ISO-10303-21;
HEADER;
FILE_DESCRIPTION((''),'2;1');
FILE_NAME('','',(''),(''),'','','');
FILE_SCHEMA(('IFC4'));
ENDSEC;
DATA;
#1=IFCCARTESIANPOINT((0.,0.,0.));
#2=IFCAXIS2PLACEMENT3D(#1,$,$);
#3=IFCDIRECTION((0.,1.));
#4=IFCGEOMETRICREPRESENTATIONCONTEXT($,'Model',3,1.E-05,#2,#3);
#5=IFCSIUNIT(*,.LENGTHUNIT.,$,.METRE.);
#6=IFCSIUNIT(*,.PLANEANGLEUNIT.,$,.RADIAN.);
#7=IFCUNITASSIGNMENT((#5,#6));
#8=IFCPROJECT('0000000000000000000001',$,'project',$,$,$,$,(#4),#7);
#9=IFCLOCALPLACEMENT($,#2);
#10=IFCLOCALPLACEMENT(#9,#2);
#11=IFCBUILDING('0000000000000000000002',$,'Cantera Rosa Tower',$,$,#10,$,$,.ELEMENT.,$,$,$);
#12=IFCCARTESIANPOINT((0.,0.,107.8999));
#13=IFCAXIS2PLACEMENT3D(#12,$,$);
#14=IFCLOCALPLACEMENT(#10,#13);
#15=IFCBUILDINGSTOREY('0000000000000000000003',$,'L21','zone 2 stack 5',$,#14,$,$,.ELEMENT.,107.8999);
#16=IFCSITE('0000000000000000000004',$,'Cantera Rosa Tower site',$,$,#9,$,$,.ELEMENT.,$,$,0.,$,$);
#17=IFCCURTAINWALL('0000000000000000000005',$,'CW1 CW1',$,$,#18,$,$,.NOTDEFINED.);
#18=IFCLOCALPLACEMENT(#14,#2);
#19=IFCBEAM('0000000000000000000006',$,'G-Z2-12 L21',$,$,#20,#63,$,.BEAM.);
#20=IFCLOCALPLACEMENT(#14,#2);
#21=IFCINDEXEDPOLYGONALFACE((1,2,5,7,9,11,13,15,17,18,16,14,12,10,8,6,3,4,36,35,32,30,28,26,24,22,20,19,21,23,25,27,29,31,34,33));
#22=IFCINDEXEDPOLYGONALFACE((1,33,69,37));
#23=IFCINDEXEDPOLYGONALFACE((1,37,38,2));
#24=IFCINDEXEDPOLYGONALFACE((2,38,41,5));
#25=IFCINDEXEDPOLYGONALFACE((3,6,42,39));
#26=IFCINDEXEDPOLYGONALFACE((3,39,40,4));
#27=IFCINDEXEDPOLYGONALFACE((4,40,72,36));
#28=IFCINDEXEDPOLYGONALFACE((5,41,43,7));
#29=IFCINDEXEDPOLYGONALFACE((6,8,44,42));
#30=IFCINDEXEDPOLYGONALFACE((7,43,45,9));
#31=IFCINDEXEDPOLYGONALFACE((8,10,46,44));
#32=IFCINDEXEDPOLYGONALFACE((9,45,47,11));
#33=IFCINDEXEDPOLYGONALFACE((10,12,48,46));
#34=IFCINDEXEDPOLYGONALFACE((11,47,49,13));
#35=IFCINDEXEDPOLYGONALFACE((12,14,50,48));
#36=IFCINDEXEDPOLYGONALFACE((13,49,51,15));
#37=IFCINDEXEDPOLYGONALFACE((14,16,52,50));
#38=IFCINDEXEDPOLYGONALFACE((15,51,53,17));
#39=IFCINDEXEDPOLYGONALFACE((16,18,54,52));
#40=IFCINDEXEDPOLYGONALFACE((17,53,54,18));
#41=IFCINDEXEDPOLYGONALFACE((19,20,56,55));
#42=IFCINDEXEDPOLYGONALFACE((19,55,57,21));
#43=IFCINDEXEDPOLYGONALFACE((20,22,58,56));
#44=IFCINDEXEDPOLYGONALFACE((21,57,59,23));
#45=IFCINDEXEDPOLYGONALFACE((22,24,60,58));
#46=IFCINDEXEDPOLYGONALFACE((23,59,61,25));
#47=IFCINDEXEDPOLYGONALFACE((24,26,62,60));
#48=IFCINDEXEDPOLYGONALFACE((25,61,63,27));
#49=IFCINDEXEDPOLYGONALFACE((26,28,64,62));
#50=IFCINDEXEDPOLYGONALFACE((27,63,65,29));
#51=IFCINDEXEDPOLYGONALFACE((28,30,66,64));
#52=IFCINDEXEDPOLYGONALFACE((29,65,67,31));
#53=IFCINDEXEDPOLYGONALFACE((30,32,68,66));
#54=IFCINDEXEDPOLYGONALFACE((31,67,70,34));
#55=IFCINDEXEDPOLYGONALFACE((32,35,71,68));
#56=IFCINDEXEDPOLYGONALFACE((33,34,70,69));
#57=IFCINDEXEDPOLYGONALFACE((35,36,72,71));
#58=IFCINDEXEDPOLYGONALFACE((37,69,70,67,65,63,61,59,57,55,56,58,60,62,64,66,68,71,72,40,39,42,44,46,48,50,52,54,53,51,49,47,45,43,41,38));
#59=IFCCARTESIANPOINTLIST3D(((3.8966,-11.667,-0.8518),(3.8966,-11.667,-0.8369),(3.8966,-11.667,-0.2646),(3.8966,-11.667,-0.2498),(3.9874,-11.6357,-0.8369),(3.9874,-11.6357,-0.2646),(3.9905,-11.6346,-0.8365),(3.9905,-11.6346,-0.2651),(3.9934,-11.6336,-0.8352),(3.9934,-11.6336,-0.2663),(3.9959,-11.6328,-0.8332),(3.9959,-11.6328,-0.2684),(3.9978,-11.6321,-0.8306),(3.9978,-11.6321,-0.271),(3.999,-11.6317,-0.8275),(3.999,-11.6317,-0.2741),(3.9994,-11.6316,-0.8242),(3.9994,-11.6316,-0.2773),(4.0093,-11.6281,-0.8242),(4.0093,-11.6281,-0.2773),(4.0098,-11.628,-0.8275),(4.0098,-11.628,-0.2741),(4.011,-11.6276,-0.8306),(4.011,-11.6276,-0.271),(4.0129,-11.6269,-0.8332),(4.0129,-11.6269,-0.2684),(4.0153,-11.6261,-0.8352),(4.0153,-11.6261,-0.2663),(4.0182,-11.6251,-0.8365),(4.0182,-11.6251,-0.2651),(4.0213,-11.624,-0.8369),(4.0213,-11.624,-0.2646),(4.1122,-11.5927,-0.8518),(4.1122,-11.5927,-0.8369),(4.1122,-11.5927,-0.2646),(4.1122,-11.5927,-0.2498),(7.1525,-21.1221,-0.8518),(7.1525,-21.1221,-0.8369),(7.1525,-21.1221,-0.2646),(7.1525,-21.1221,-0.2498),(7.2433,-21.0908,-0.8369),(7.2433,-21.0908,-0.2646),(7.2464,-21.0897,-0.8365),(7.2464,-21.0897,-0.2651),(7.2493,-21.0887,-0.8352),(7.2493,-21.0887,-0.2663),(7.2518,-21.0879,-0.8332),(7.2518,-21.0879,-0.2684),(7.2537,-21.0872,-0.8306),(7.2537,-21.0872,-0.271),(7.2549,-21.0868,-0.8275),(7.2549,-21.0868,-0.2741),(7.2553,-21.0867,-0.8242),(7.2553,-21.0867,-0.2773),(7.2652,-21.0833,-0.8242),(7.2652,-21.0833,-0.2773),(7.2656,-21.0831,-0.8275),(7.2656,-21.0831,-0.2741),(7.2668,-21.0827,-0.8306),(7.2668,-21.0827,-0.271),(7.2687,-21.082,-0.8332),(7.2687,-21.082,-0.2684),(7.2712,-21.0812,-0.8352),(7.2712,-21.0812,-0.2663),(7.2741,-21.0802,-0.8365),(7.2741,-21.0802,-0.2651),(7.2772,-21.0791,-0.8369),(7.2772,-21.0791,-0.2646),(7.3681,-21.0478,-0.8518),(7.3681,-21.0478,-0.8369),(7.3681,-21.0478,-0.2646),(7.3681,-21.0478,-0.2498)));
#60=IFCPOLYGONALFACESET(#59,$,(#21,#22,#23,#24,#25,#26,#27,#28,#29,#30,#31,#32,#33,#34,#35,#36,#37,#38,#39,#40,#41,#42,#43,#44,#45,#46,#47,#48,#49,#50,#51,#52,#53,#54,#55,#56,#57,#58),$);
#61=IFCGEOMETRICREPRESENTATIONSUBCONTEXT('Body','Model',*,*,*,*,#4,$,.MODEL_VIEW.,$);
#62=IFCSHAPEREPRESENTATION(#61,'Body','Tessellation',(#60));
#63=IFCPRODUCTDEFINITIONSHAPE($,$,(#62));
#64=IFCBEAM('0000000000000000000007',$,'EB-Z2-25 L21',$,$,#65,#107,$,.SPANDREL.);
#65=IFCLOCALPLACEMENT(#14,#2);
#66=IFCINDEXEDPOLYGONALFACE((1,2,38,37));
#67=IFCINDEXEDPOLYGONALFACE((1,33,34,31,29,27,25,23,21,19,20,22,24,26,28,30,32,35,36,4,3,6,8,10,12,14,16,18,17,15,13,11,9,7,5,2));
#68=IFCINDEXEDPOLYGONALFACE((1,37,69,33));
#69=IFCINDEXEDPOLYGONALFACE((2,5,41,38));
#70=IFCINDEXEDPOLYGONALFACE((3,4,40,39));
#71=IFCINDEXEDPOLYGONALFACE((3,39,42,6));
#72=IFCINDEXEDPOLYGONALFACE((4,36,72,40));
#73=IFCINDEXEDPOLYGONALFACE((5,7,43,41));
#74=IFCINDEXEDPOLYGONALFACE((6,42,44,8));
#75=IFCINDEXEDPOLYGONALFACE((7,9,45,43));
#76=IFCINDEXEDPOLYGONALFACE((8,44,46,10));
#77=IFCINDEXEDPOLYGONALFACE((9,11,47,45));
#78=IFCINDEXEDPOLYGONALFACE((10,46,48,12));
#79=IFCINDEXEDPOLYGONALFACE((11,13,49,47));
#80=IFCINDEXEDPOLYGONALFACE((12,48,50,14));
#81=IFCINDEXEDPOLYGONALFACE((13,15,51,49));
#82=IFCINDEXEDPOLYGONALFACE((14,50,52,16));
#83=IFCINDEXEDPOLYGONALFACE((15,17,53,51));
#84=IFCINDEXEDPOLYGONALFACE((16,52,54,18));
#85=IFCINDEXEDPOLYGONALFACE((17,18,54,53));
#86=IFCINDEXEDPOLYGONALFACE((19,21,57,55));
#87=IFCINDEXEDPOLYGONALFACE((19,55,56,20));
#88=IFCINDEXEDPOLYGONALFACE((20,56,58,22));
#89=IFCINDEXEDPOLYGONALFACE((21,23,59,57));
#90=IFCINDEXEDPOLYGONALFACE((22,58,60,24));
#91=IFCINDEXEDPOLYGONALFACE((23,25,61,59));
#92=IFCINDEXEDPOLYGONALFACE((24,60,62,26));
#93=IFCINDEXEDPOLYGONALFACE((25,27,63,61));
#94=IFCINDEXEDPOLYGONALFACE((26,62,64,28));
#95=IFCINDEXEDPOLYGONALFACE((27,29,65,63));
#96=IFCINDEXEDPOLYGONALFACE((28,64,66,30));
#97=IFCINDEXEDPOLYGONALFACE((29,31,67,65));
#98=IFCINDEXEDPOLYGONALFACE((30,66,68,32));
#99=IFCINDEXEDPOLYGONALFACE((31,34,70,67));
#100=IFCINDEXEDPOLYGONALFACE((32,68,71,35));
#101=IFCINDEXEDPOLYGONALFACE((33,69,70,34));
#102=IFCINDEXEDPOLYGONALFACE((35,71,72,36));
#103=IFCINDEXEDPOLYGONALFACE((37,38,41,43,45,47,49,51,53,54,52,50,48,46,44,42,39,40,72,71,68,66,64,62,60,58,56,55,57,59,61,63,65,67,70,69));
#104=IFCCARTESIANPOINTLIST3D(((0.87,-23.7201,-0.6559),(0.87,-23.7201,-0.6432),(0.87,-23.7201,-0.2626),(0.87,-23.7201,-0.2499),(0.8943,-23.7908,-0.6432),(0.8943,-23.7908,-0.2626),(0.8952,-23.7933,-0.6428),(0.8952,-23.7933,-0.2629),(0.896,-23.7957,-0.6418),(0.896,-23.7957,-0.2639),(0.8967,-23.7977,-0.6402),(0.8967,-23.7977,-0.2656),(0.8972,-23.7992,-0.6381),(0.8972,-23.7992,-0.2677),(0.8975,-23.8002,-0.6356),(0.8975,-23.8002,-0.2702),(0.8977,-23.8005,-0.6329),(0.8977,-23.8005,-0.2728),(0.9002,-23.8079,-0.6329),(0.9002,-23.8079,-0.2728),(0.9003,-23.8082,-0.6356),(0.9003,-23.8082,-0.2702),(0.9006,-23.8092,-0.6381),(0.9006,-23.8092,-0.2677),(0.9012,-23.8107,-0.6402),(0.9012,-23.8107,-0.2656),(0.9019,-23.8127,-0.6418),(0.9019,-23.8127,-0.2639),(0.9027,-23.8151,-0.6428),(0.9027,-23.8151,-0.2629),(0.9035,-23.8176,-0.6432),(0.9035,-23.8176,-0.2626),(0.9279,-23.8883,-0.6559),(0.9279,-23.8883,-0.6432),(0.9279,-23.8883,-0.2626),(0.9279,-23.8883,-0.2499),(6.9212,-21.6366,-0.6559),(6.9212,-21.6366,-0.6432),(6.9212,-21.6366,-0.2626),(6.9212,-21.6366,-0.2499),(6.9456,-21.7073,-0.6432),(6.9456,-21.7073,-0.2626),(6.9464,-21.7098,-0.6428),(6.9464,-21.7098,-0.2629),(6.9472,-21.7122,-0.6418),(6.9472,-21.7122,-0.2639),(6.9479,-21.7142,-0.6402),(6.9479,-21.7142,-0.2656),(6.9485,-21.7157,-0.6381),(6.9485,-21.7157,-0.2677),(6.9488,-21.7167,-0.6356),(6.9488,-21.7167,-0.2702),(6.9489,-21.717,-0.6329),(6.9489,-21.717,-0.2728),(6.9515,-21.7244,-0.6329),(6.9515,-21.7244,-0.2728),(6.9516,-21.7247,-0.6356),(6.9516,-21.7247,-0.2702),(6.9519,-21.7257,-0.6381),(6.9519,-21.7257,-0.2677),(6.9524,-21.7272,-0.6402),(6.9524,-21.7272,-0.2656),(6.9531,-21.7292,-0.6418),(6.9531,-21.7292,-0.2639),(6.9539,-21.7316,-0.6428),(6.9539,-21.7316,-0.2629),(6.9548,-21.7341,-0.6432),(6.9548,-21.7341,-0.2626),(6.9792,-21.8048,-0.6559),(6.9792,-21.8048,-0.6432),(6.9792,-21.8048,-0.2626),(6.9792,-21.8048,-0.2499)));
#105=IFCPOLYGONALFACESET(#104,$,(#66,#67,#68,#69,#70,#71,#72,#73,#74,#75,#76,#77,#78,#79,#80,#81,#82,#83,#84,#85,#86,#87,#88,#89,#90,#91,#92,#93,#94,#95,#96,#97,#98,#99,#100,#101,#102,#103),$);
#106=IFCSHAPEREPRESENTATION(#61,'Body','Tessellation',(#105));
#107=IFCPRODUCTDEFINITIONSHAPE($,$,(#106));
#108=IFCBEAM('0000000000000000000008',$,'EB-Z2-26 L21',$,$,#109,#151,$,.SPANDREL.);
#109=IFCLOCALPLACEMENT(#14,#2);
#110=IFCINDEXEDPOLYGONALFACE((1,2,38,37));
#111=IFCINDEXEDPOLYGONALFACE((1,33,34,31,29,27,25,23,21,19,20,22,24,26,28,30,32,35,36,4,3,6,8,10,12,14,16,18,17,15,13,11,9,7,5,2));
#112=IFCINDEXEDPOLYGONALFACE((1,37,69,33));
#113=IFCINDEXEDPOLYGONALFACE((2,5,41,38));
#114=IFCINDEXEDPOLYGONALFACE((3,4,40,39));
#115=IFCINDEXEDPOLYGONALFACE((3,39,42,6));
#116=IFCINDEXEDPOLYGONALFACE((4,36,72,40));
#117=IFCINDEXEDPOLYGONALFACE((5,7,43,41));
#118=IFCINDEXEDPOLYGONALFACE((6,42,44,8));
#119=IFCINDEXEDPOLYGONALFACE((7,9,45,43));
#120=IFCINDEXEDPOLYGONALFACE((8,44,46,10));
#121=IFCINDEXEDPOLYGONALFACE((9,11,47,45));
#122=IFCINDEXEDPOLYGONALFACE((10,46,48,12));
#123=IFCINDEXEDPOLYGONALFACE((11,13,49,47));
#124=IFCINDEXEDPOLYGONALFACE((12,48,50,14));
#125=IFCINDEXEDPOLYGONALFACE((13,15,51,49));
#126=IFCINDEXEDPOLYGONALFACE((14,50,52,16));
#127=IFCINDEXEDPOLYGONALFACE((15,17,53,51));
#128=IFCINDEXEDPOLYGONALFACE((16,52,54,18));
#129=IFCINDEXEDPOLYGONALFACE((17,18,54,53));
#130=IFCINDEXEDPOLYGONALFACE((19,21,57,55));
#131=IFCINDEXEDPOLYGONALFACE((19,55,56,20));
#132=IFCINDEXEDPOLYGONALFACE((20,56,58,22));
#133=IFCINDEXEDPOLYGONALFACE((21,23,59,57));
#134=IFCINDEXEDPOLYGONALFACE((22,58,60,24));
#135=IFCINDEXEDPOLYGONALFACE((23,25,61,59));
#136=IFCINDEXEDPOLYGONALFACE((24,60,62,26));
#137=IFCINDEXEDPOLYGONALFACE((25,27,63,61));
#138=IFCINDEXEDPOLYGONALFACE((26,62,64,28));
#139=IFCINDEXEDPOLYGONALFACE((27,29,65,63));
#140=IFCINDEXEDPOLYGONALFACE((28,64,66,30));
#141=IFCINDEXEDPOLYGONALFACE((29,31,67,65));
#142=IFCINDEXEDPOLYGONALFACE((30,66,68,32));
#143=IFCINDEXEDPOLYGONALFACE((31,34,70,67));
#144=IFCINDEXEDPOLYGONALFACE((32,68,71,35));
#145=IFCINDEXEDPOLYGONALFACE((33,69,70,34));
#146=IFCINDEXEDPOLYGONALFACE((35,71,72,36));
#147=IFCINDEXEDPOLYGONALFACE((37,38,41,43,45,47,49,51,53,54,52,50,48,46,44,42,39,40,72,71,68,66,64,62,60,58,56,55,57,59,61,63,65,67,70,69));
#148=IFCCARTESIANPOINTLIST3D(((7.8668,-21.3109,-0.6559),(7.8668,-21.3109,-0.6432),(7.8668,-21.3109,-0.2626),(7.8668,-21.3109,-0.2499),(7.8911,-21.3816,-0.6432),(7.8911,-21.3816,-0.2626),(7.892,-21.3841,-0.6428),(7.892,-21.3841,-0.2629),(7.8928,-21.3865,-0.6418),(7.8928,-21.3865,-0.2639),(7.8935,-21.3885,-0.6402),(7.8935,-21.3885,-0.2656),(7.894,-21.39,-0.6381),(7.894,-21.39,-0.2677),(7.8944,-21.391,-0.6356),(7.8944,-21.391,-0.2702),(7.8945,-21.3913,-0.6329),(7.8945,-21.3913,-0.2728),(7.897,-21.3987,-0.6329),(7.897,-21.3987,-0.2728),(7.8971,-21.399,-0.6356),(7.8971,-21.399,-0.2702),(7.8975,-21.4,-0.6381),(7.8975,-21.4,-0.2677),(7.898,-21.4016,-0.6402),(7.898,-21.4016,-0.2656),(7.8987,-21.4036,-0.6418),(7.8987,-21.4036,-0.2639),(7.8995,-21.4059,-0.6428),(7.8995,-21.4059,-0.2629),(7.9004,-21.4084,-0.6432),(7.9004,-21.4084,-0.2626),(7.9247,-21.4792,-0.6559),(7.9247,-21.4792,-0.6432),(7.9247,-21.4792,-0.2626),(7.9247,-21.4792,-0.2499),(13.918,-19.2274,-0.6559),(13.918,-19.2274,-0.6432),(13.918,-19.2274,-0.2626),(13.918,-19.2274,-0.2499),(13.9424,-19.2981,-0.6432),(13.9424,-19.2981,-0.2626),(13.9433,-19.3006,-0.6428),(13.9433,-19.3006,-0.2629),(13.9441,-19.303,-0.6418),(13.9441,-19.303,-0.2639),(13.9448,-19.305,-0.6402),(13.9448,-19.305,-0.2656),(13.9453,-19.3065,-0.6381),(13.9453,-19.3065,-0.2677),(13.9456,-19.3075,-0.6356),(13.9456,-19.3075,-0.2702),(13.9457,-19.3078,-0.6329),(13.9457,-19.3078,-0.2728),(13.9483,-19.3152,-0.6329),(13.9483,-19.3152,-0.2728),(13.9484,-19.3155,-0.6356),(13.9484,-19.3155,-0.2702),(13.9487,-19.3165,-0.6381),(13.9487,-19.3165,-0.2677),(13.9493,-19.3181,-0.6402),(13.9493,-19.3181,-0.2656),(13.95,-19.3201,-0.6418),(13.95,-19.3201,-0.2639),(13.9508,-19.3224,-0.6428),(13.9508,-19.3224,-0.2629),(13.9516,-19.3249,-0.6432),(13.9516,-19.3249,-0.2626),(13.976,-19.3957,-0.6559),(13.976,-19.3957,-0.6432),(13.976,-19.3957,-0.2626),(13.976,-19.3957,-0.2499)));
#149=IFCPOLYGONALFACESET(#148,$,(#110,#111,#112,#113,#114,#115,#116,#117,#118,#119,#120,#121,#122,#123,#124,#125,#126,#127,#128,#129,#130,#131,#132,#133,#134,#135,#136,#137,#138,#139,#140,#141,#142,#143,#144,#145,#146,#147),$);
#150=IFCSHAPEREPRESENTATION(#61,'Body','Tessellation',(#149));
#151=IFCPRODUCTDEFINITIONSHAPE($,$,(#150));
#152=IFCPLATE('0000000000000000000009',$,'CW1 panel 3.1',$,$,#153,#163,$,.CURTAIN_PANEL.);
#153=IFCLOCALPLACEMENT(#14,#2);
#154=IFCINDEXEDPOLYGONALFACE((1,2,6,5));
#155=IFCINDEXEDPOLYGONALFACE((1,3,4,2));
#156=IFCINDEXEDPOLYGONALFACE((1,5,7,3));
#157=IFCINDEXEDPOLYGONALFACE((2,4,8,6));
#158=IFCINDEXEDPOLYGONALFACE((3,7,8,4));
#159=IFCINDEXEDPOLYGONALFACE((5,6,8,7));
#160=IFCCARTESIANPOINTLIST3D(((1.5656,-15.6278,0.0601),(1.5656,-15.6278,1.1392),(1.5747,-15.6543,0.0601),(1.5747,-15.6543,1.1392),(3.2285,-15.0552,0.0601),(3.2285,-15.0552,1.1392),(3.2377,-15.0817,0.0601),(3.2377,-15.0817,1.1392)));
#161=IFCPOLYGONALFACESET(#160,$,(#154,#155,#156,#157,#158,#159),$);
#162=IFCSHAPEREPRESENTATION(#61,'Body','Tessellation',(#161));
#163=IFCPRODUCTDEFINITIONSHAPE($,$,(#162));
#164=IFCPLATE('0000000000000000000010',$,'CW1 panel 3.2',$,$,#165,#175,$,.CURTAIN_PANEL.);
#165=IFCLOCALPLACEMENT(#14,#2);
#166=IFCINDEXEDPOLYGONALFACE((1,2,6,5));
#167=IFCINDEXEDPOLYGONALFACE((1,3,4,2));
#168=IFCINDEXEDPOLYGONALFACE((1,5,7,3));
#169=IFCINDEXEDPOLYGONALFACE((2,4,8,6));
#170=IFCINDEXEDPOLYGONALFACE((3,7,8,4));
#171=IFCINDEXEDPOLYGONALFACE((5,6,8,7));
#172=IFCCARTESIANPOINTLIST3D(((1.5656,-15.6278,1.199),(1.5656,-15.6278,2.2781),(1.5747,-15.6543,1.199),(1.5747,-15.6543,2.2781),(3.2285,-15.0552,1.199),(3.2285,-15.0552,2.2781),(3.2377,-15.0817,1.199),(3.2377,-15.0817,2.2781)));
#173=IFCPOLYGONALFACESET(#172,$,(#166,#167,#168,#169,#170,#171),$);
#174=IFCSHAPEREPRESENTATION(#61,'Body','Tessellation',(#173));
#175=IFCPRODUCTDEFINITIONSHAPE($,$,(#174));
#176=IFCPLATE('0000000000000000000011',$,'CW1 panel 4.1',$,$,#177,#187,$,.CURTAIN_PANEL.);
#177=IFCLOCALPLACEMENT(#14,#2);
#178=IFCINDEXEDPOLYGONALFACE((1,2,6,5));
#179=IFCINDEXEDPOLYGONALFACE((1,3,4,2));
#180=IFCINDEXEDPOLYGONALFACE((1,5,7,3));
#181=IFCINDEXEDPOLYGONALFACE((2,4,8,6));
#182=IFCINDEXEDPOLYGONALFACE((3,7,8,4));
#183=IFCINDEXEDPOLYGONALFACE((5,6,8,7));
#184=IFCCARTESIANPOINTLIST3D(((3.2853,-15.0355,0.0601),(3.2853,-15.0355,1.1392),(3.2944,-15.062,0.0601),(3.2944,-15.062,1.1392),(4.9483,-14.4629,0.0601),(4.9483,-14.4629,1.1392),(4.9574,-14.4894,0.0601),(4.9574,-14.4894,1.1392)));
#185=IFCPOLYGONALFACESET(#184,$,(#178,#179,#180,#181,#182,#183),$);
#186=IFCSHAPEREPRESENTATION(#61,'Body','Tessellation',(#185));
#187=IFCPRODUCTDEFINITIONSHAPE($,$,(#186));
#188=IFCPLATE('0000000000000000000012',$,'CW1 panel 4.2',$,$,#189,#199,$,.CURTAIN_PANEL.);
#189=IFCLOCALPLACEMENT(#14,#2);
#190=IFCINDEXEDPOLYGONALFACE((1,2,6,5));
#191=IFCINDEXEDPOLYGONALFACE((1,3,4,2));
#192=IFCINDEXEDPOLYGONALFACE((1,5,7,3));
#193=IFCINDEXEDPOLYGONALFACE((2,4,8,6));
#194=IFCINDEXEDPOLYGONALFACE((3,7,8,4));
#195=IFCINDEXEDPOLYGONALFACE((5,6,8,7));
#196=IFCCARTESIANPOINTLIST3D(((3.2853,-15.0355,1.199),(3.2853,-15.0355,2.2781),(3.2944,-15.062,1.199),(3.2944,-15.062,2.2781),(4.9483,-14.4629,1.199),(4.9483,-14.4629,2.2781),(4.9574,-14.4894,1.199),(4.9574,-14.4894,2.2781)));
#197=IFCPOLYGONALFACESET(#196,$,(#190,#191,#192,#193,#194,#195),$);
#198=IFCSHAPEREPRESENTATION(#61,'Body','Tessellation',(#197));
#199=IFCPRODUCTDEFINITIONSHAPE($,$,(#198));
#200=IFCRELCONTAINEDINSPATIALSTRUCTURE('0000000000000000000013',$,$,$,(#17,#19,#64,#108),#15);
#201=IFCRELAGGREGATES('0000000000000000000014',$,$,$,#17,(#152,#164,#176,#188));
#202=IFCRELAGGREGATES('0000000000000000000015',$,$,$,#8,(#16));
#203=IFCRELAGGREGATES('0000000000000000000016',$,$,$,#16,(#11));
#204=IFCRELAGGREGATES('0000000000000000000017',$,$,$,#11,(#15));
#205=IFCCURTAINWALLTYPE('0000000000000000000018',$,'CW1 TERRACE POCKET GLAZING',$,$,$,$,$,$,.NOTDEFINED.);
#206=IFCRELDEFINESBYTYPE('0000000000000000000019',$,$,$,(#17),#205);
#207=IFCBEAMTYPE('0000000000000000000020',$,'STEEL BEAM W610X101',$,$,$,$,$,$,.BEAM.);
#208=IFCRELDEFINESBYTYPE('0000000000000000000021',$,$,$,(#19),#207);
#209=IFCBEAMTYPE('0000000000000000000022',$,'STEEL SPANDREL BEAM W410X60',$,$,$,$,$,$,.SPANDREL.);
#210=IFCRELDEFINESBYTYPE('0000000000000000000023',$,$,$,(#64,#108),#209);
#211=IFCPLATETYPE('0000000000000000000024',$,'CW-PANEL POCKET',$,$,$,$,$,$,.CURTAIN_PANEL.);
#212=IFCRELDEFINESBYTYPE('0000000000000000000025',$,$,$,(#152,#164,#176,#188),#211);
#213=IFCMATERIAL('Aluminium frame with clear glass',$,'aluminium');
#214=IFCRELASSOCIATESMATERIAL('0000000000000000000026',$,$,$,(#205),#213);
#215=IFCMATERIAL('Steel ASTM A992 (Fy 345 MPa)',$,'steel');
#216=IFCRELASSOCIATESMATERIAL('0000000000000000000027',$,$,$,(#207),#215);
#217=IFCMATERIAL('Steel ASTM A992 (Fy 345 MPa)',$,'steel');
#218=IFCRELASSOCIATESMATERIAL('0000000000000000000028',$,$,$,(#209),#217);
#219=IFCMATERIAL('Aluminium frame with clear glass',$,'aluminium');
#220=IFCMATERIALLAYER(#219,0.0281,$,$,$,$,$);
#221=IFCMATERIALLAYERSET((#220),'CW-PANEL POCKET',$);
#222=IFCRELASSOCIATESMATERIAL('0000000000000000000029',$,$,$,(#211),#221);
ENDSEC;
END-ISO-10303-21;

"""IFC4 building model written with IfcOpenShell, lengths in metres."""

from ifc_helpers import new_model, si_unit, direction, frame, origin, origin_2d, place, context, subcontext, project, spatial, rectangle, i_section, extrude, material, layer, layer_set, material_profile, profile_set, type_object, element, aggregate, save


model = new_model("IFC4")

# Units and contexts
model_context = context("Model", 3, precision=1e-05, world=origin(), true_north=direction((0.0, 1.0)))
body_context = subcontext(model_context, "Body", "Model", "MODEL_VIEW")
ifc_project = project(units=[si_unit("LENGTHUNIT", "METRE"), si_unit("PLANEANGLEUNIT", "RADIAN")], contexts=[model_context])

# Site, building, storey
site_placement = place(None, origin())
site = spatial("IfcSite", under=ifc_project, at=site_placement, Name="Cantera Rosa Tower site", CompositionType="ELEMENT", RefElevation=0.0)
building_placement = place(site_placement, origin())
building = spatial("IfcBuilding", under=site, at=building_placement, Name="Cantera Rosa Tower", CompositionType="ELEMENT")
storey_placement = place(building_placement, frame((0.0, 0.0, 107.8999)))
storey = spatial("IfcBuildingStorey", under=building, at=storey_placement, Name="L21", Description="zone 2 stack 5", CompositionType="ELEMENT", Elevation=107.8999)

# Curtain wall
ifc_material_1 = material(Name="Aluminium frame with clear glass", Category="aluminium")
curtain_wall_type = type_object("IfcCurtainWallType", Name="CW1 TERRACE POCKET GLAZING", PredefinedType="NOTDEFINED", material=ifc_material_1)
curtain_wall_placement = place(storey_placement, origin())
curtain_wall = element("IfcCurtainWall", 1, at=curtain_wall_placement, inside=storey, type_object=curtain_wall_type, Name="CW1 CW1", PredefinedType="NOTDEFINED")

# Beams
ifc_material_2 = material(Name="Steel ASTM A992 (Fy 345 MPa)", Category="steel")
ifc_material_profile_1 = material_profile(ifc_material_2, i_section(OverallWidth=0.228, OverallDepth=0.6021, WebThickness=0.0105, FlangeThickness=0.0149, FilletRadius=0.0127, at=origin_2d()), Name="W610X101")
ifc_profile_set_1 = profile_set([ifc_material_profile_1], Name="Steel ASTM A992 (Fy 345 MPa)")
beam_type_1 = type_object("IfcBeamType", Name="STEEL BEAM W610X101", PredefinedType="BEAM", material=ifc_profile_set_1)
beam_placement = place(storey_placement, frame((7.2603, -21.085, -0.5508), z_axis=(-0.325587, 0.945512, 0.0), x_axis=(-0.945512, -0.325587, 0.0)))
element("IfcBeam", 2, at=beam_placement, inside=storey, type_object=beam_type_1, Name="G-Z2-12 L21", PredefinedType="BEAM", context=body_context, shape_type="SweptSolid", body=[
    extrude(i_section(OverallWidth=0.228, OverallDepth=0.6021, WebThickness=0.0105, FlangeThickness=0.0149, FilletRadius=0.0127, at=origin_2d()), origin(), (0.0, 0.0, 1.0), 10.0),
])
ifc_material_3 = material(Name="Steel ASTM A992 (Fy 345 MPa)", Category="steel")
ifc_material_profile_2 = material_profile(ifc_material_3, i_section(OverallWidth=0.178, OverallDepth=0.406, WebThickness=0.0078, FlangeThickness=0.0127, FilletRadius=0.0103, at=origin_2d()), Name="W410X60")
ifc_profile_set_2 = profile_set([ifc_material_profile_2], Name="Steel ASTM A992 (Fy 345 MPa)")
beam_type_2 = type_object("IfcBeamType", Name="STEEL SPANDREL BEAM W410X60", PredefinedType="SPANDREL", material=ifc_profile_set_2)
for number, where, z_axis, x_axis, name in (
    (3, (0.8989, -23.8042, -0.4529), (0.945524, 0.325551, 0.0), (-0.325551, 0.945524, 0.0), "EB-Z2-25 L21"),
    (4, (7.8958, -21.395, -0.4529), (0.945524, 0.325551, 0.0), (-0.325551, 0.945524, 0.0), "EB-Z2-26 L21"),
):
    element("IfcBeam", number, at=place(storey_placement, frame(where, z_axis=z_axis, x_axis=x_axis)), inside=storey, type_object=beam_type_2, Name=name, PredefinedType="SPANDREL", context=body_context, shape_type="SweptSolid", body=[
        extrude(i_section(OverallWidth=0.178, OverallDepth=0.406, WebThickness=0.0078, FlangeThickness=0.0127, FilletRadius=0.0103, at=origin_2d()), origin(), (0.0, 0.0, 1.0), 6.3999),
    ])

# Plates
ifc_material_4 = material(Name="Aluminium frame with clear glass", Category="aluminium")
ifc_layer_1 = layer(ifc_material_4, 0.0281)
ifc_layer_set_1 = layer_set([ifc_layer_1], Name="CW-PANEL POCKET")
plate_type = type_object("IfcPlateType", Name="CW-PANEL POCKET", PredefinedType="CURTAIN_PANEL", material=ifc_layer_set_1)
plate_1_placement = place(storey_placement, frame((2.4016, -15.3547, 0.0601), z_axis=(0.0, 0.0, 1.0), x_axis=(0.945519, 0.325568, 0.0)))
plate_1 = element("IfcPlate", 5, at=plate_1_placement, type_object=plate_type, Name="CW1 panel 3.1", PredefinedType="CURTAIN_PANEL", context=body_context, shape_type="SweptSolid", body=[
    extrude(rectangle(XDim=1.7588, YDim=0.0281, at=origin_2d()), origin(), (0.0, 0.0, 1.0), 1.0791),
])
plate_2_placement = place(storey_placement, frame((2.4016, -15.3547, 1.199), z_axis=(0.0, 0.0, 1.0), x_axis=(0.945519, 0.325568, 0.0)))
plate_2 = element("IfcPlate", 6, at=plate_2_placement, type_object=plate_type, Name="CW1 panel 3.2", PredefinedType="CURTAIN_PANEL", context=body_context, shape_type="SweptSolid", body=[
    extrude(rectangle(XDim=1.7588, YDim=0.0281, at=origin_2d()), origin(), (0.0, 0.0, 1.0), 1.0791),
])
plate_3_placement = place(storey_placement, frame((4.1213, -14.7625, 0.0601), z_axis=(0.0, 0.0, 1.0), x_axis=(0.945519, 0.325568, 0.0)))
plate_3 = element("IfcPlate", 7, at=plate_3_placement, type_object=plate_type, Name="CW1 panel 4.1", PredefinedType="CURTAIN_PANEL", context=body_context, shape_type="SweptSolid", body=[
    extrude(rectangle(XDim=1.7588, YDim=0.0281, at=origin_2d()), origin(), (0.0, 0.0, 1.0), 1.0791),
])
plate_4_placement = place(storey_placement, frame((4.1213, -14.7625, 1.199), z_axis=(0.0, 0.0, 1.0), x_axis=(0.945519, 0.325568, 0.0)))
plate_4 = element("IfcPlate", 8, at=plate_4_placement, type_object=plate_type, Name="CW1 panel 4.2", PredefinedType="CURTAIN_PANEL", context=body_context, shape_type="SweptSolid", body=[
    extrude(rectangle(XDim=1.7588, YDim=0.0281, at=origin_2d()), origin(), (0.0, 0.0, 1.0), 1.0791),
])
aggregate(curtain_wall, [plate_1, plate_2, plate_3, plate_4])

save(model, "model.ifc")
